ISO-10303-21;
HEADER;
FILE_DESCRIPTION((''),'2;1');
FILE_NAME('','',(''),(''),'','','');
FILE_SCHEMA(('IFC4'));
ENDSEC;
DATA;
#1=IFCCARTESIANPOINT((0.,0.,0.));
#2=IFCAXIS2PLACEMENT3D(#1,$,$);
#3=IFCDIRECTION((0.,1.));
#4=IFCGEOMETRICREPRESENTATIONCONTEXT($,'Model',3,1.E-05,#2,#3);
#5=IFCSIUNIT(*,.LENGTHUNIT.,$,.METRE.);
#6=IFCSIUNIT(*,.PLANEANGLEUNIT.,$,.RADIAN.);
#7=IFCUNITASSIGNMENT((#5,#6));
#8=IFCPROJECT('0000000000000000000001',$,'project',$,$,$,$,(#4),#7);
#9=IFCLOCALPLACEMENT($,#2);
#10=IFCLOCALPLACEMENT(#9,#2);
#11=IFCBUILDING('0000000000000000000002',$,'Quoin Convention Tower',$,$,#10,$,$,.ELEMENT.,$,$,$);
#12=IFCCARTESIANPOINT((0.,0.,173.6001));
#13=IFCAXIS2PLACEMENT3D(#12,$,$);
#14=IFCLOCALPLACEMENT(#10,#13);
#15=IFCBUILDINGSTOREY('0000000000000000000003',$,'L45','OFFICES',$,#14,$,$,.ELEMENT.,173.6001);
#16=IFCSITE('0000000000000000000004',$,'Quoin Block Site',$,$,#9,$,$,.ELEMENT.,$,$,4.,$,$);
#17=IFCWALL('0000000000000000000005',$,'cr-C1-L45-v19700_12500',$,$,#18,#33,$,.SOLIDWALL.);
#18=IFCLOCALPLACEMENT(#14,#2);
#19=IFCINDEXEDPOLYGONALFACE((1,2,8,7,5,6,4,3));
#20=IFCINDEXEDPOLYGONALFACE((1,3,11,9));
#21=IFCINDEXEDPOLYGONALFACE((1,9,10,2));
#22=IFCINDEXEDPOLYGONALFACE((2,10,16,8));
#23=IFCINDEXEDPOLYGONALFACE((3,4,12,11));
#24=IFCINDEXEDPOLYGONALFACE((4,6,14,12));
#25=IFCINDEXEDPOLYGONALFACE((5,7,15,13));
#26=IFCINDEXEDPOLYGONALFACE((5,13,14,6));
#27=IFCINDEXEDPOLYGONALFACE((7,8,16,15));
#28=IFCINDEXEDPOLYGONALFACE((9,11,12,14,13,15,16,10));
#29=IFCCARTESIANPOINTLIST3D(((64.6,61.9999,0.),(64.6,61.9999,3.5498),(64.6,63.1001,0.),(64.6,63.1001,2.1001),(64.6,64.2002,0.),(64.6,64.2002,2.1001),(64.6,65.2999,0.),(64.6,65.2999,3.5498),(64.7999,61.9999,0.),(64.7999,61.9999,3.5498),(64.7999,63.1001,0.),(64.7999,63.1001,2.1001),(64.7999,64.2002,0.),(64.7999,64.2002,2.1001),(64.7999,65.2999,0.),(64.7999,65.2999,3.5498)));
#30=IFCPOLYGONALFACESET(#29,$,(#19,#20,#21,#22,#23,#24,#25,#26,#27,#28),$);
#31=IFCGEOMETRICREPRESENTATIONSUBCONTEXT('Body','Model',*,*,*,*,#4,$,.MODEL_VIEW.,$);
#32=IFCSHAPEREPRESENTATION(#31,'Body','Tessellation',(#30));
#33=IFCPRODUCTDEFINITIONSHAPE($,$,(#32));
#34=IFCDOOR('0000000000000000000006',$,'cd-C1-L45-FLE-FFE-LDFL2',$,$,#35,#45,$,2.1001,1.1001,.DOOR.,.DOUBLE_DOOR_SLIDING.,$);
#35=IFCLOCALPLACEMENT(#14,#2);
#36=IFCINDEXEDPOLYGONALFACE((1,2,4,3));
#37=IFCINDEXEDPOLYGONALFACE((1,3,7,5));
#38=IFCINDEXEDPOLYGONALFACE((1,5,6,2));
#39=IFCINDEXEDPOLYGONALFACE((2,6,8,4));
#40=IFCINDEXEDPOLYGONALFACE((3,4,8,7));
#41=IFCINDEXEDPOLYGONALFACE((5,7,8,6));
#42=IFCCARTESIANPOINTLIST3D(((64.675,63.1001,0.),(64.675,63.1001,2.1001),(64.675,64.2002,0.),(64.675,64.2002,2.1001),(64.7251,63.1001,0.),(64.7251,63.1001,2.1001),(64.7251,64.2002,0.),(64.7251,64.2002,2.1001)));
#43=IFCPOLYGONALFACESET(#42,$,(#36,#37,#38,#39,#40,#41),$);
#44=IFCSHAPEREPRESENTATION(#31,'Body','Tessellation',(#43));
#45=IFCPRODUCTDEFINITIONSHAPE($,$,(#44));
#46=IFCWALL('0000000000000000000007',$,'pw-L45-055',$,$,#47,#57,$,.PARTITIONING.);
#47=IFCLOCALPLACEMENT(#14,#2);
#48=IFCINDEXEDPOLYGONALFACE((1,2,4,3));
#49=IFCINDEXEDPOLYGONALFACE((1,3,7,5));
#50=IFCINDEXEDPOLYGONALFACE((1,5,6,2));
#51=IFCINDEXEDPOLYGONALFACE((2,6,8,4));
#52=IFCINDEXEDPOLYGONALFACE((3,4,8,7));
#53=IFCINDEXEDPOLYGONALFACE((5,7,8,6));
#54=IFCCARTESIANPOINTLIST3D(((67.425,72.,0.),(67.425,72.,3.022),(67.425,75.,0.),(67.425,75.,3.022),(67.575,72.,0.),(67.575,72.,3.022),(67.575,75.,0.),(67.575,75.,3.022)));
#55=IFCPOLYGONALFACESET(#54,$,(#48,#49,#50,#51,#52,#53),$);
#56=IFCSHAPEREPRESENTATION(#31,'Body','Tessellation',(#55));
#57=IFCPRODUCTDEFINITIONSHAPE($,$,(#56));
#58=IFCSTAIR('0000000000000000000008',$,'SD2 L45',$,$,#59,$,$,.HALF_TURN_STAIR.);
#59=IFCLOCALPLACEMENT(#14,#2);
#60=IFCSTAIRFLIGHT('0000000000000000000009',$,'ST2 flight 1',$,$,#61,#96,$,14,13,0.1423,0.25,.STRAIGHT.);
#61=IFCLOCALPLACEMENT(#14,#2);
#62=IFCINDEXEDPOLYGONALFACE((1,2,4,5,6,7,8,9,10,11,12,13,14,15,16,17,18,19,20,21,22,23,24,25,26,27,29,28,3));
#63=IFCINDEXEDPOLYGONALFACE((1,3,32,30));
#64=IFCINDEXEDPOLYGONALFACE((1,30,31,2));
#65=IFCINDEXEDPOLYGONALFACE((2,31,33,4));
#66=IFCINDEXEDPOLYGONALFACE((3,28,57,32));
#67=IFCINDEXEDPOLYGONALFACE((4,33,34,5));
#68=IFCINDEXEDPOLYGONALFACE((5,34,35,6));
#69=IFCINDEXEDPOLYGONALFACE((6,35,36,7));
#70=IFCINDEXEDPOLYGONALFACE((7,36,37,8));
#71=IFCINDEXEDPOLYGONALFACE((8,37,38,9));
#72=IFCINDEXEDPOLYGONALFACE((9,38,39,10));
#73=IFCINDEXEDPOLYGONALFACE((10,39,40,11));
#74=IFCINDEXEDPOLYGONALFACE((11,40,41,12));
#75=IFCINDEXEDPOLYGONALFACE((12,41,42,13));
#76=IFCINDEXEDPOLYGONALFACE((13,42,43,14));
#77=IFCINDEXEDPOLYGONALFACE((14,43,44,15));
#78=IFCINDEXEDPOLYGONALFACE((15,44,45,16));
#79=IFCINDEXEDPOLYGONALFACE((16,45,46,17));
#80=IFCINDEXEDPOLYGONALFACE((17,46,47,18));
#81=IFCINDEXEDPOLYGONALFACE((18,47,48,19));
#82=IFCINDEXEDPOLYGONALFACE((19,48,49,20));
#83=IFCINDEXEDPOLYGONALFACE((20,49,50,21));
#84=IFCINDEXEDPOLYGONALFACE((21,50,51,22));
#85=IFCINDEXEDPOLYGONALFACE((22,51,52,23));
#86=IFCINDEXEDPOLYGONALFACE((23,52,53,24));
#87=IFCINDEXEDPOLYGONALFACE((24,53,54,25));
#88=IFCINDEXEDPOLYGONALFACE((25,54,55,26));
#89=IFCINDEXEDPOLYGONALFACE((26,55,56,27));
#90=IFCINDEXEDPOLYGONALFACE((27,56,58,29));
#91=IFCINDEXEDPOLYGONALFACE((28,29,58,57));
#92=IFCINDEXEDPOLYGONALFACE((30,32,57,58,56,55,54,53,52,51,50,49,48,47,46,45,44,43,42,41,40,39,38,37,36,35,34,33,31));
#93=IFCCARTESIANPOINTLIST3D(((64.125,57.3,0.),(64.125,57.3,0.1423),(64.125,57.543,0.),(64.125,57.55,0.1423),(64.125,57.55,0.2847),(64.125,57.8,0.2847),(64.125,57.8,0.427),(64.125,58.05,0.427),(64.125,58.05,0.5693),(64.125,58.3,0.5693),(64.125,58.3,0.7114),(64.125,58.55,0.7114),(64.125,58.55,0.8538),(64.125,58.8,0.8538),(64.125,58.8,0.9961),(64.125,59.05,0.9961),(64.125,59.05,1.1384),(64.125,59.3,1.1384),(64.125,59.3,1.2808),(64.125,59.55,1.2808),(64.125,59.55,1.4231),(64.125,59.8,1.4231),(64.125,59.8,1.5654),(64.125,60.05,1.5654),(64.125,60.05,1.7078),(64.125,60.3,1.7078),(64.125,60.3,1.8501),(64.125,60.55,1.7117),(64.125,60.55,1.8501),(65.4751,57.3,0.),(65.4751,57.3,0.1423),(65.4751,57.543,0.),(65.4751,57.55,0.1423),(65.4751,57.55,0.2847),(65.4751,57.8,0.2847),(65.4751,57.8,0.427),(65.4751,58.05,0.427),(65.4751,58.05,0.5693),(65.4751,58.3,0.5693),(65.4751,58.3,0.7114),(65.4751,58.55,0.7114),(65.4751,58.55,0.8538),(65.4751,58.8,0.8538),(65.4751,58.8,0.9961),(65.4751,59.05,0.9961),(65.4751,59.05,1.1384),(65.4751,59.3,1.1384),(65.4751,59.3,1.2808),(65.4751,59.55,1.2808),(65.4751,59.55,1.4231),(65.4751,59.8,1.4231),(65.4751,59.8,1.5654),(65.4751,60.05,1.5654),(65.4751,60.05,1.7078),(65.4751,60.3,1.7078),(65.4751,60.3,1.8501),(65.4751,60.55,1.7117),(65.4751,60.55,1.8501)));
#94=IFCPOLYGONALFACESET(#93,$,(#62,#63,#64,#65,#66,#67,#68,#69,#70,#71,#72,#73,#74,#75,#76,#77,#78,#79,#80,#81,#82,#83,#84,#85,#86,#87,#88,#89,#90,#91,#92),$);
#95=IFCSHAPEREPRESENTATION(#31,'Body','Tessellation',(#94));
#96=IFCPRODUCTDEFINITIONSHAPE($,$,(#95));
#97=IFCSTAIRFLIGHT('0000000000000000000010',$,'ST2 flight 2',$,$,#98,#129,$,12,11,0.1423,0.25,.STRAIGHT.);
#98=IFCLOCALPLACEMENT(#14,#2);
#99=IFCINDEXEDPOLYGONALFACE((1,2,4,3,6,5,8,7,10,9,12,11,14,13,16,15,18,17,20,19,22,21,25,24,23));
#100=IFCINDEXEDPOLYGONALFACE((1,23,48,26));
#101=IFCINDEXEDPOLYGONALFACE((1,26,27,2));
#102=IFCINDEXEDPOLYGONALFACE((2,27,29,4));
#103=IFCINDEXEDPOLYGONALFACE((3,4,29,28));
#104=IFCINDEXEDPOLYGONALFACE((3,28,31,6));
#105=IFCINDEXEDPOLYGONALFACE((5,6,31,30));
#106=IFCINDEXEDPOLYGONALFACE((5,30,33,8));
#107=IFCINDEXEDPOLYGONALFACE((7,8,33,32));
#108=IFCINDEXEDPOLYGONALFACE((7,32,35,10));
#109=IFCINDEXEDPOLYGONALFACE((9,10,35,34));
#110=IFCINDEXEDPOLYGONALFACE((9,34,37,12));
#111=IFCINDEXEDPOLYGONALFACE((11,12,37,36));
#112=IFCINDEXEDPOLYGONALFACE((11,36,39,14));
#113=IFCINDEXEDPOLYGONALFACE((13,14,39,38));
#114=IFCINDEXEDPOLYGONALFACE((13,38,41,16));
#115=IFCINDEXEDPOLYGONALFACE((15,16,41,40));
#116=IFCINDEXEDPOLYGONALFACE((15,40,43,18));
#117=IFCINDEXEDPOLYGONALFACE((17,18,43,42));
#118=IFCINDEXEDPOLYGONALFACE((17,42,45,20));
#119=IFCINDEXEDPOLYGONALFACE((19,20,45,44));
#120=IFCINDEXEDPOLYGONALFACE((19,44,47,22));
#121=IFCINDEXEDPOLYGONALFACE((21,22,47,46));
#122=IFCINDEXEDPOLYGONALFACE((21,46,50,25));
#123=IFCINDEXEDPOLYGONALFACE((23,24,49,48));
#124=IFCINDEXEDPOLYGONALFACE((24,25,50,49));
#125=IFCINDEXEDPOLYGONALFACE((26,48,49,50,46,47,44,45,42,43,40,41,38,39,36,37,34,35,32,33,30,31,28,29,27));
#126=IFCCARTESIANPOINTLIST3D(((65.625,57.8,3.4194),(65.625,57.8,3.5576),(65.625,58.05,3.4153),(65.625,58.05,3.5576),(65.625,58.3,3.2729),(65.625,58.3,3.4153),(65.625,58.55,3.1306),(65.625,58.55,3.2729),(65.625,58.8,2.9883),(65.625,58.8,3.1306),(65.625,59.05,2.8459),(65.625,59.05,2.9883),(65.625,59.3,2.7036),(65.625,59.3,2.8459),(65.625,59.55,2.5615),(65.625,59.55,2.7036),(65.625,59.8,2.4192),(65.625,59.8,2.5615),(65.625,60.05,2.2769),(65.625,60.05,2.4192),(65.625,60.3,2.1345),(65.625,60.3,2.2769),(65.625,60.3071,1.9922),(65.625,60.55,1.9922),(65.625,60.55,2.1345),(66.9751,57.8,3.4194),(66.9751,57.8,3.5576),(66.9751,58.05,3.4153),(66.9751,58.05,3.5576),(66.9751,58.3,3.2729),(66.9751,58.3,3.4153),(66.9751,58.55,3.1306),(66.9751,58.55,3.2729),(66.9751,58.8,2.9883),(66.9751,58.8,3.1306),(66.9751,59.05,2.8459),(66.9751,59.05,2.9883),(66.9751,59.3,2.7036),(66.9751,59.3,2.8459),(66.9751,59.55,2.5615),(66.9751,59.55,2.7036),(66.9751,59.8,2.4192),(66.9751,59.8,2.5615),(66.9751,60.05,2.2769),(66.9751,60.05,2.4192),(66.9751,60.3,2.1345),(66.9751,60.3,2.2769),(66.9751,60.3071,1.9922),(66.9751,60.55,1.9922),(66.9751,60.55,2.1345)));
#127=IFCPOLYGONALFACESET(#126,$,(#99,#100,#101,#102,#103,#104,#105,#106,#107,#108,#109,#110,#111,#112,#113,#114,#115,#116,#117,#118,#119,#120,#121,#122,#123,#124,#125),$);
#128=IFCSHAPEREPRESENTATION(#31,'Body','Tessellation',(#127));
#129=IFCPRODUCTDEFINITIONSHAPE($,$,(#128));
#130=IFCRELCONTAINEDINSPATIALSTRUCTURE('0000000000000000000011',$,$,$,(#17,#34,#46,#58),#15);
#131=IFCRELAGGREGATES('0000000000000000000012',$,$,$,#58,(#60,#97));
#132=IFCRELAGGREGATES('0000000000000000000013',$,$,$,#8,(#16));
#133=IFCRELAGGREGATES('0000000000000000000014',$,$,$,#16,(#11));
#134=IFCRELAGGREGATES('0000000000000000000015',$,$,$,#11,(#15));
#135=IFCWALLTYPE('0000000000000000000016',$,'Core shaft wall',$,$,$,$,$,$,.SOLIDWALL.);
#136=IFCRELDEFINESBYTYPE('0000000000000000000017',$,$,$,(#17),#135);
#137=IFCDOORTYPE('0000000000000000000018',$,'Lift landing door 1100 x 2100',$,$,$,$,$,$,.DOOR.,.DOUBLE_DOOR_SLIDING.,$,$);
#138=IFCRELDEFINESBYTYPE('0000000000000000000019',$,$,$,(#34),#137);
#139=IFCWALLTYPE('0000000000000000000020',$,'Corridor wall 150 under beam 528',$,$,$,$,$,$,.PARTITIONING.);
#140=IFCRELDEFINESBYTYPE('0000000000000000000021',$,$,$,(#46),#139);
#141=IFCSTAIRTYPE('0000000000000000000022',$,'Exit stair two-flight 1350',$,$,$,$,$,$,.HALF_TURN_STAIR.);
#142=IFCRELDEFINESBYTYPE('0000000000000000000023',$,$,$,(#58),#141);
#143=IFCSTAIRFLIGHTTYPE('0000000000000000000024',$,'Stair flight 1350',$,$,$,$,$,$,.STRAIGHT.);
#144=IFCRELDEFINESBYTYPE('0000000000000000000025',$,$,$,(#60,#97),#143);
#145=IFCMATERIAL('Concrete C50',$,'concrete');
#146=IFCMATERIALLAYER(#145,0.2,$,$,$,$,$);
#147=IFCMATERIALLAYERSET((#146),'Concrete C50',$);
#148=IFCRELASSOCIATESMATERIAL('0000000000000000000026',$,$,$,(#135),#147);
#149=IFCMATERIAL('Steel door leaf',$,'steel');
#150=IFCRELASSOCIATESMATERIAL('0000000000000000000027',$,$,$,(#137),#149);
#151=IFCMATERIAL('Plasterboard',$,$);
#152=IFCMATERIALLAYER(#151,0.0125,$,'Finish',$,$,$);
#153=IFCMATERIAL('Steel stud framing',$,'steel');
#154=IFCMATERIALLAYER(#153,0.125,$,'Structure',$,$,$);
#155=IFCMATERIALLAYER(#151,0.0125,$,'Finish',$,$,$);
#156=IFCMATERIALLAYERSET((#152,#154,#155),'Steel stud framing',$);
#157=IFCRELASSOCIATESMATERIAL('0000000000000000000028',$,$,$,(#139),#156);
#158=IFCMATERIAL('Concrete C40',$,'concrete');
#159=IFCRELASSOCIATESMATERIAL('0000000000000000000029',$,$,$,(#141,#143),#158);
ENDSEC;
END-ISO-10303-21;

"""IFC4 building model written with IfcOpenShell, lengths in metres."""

from ifc_helpers import new_model, si_unit, direction, frame, frame_2d, origin, place, context, subcontext, project, spatial, polyline, rectangle, outline, extrude, material, layer, layer_set, type_object, element, fill, aggregate, save


model = new_model("IFC4")

# Units and contexts
model_context = context("Model", 3, precision=1e-05, world=origin(), true_north=direction((0.0, 1.0)))
body_context = subcontext(model_context, "Body", "Model", "MODEL_VIEW")
ifc_project = project(units=[si_unit("LENGTHUNIT", "METRE"), si_unit("PLANEANGLEUNIT", "RADIAN")], contexts=[model_context])

# Site, building, storey
site_placement = place(None, origin())
site = spatial("IfcSite", under=ifc_project, at=site_placement, Name="Quoin Block Site", CompositionType="ELEMENT", RefElevation=4.0)
building_placement = place(site_placement, origin())
building = spatial("IfcBuilding", under=site, at=building_placement, Name="Quoin Convention Tower", CompositionType="ELEMENT")
storey_placement = place(building_placement, frame((0.0, 0.0, 173.6001)))
storey = spatial("IfcBuildingStorey", under=building, at=storey_placement, Name="L45", Description="OFFICES", CompositionType="ELEMENT", Elevation=173.6001)

# Shared definitions
ifc_material_1 = material(Name="Concrete C50", Category="concrete")

# Shared definitions
ifc_layer_1 = layer(ifc_material_1, 0.2)
ifc_layer_set_1 = layer_set([ifc_layer_1], Name="Concrete C50")
wall_type_1 = type_object("IfcWallType", Name="Core shaft wall", PredefinedType="SOLIDWALL", material=ifc_layer_set_1)

# Wall, opening, door
wall_1_placement = place(storey_placement, frame((64.7, 62.0, 0.0), z_axis=(0.0, 0.0, 1.0), x_axis=(0.0, 1.0, 0.0)))
wall_1 = element("IfcWall", 1, at=wall_1_placement, inside=storey, type_object=wall_type_1, Name="cr-C1-L45-v19700_12500", PredefinedType="SOLIDWALL", context=body_context, shape_type="SweptSolid", body=[
    extrude(rectangle(XDim=3.3, YDim=0.2, at=frame_2d((1.6499, 0.0))), origin(), (0.0, 0.0, 1.0), 3.5498),
])
opening_placement = place(wall_1_placement, frame((1.1001, 0.0, 0.0)))
opening = element("IfcOpeningElement", 2, at=opening_placement, cuts=wall_1, PredefinedType="OPENING", context=body_context, shape_type="SweptSolid", body=[
    extrude(rectangle(XDim=1.1001, YDim=2.1001, at=frame_2d((0.55, 1.05))), frame((0.0, 0.1099, 0.0), z_axis=(0.0, -1.0, 0.0), x_axis=(1.0, 0.0, 0.0)), (0.0, 0.0, 1.0), 0.22),
])
ifc_material_2 = material(Name="Steel door leaf", Category="steel")
door_type = type_object("IfcDoorType", Name="Lift landing door 1100 x 2100", OperationType="DOUBLE_DOOR_SLIDING", PredefinedType="DOOR", material=ifc_material_2)
door_placement = place(opening_placement, origin())
door = element("IfcDoor", 3, at=door_placement, inside=storey, type_object=door_type, Name="cd-C1-L45-FLE-FFE-LDFL2", OperationType="DOUBLE_DOOR_SLIDING", OverallHeight=2.1001, OverallWidth=1.1001, PredefinedType="DOOR", context=body_context, shape_type="SweptSolid", body=[
    extrude(rectangle(XDim=1.1001, YDim=2.1001, at=frame_2d((0.55, 1.05))), frame((0.0, 0.0249, 0.0), z_axis=(0.0, -1.0, 0.0), x_axis=(1.0, 0.0, 0.0)), (0.0, 0.0, 1.0), 0.05),
])
fill(opening, door)

# Wall
ifc_material_3 = material(Name="Plasterboard")
ifc_layer_2 = layer(ifc_material_3, 0.0125, Name="Finish")
ifc_material_4 = material(Name="Steel stud framing", Category="steel")
ifc_layer_3 = layer(ifc_material_4, 0.125, Name="Structure")
ifc_layer_4 = layer(ifc_material_3, 0.0125, Name="Finish")
ifc_layer_set_2 = layer_set([ifc_layer_2, ifc_layer_3, ifc_layer_4], Name="Steel stud framing")
wall_type_2 = type_object("IfcWallType", Name="Corridor wall 150 under beam 528", PredefinedType="PARTITIONING", material=ifc_layer_set_2)
wall_2_placement = place(storey_placement, frame((67.5, 72.0, 0.0), z_axis=(0.0, 0.0, 1.0), x_axis=(0.0, 1.0, 0.0)))
element("IfcWall", 4, at=wall_2_placement, inside=storey, type_object=wall_type_2, Name="pw-L45-055", PredefinedType="PARTITIONING", context=body_context, shape_type="SweptSolid", body=[
    extrude(rectangle(XDim=3.0, YDim=0.1499, at=frame_2d((1.5, 0.0))), origin(), (0.0, 0.0, 1.0), 3.022),
])

# Stair, stair flights
ifc_material_5 = material(Name="Concrete C40", Category="concrete")
stair_type = type_object("IfcStairType", Name="Exit stair two-flight 1350", PredefinedType="HALF_TURN_STAIR", material=ifc_material_5)
stair_placement = place(storey_placement, origin())
stair = element("IfcStair", 5, at=stair_placement, inside=storey, type_object=stair_type, Name="SD2 L45", PredefinedType="HALF_TURN_STAIR")
stair_flight_type = type_object("IfcStairFlightType", Name="Stair flight 1350", PredefinedType="STRAIGHT", material=ifc_material_5)
stair_flight_1_placement = place(storey_placement, frame((64.8, 57.3, 0.0), z_axis=(0.0, 0.0, 1.0), x_axis=(0.0, 1.0, 0.0)))
stair_flight_1 = element("IfcStairFlight", 6, at=stair_flight_1_placement, type_object=stair_flight_type, Name="ST2 flight 1", NumberOfRisers=14, NumberOfTreads=13, PredefinedType="STRAIGHT", RiserHeight=0.1423, TreadLength=0.25, context=body_context, shape_type="SweptSolid", body=[
    extrude(outline(polyline([(0.0, 0.0), (0.0, 0.1423), (0.25, 0.1423), (0.25, 0.2847), (0.5, 0.2847), (0.5, 0.427), (0.75, 0.427), (0.75, 0.5693), (1.0, 0.5693), (1.0, 0.7114), (1.25, 0.7114), (1.25, 0.8538), (1.5, 0.8538), (1.5, 0.9961), (1.75, 0.9961), (1.75, 1.1384), (2.0, 1.1384), (2.0, 1.2808), (2.25, 1.2808), (2.25, 1.4231), (2.5, 1.4231), (2.5, 1.5654), (2.75, 1.5654), (2.75, 1.7078), (3.0, 1.7078), (3.0, 1.8501), (3.25, 1.8501), (3.25, 1.9922), (3.25, 1.7117), (0.2429, 0.0), (0.0, 0.0)])), frame((0.0, 0.675, 0.0), z_axis=(0.0, -1.0, 0.0), x_axis=(1.0, 0.0, 0.0)), (0.0, 0.0, 1.0), 1.3501),
])
stair_flight_2_placement = place(storey_placement, frame((66.3, 60.55, 1.9922), z_axis=(0.0, 0.0, 1.0), x_axis=(0.0, -1.0, 0.0)))
stair_flight_2 = element("IfcStairFlight", 7, at=stair_flight_2_placement, type_object=stair_flight_type, Name="ST2 flight 2", NumberOfRisers=12, NumberOfTreads=11, PredefinedType="STRAIGHT", RiserHeight=0.1423, TreadLength=0.25, context=body_context, shape_type="SweptSolid", body=[
    extrude(outline(polyline([(0.0, 0.0), (0.0, 0.1423), (0.25, 0.1423), (0.25, 0.2847), (0.5, 0.2847), (0.5, 0.427), (0.75, 0.427), (0.75, 0.5693), (1.0, 0.5693), (1.0, 0.7114), (1.25, 0.7114), (1.25, 0.8538), (1.5, 0.8538), (1.5, 0.9961), (1.75, 0.9961), (1.75, 1.1384), (2.0, 1.1384), (2.0, 1.2808), (2.25, 1.2808), (2.25, 1.4231), (2.5, 1.4231), (2.5, 1.5654), (2.75, 1.5654), (2.75, 1.7078), (2.75, 1.4272), (0.2429, 0.0), (0.0, 0.0)])), frame((0.0, 0.675, 0.0), z_axis=(0.0, -1.0, 0.0), x_axis=(1.0, 0.0, 0.0)), (0.0, 0.0, 1.0), 1.3501),
])
aggregate(stair, [stair_flight_1, stair_flight_2])

save(model, "model.ifc")
